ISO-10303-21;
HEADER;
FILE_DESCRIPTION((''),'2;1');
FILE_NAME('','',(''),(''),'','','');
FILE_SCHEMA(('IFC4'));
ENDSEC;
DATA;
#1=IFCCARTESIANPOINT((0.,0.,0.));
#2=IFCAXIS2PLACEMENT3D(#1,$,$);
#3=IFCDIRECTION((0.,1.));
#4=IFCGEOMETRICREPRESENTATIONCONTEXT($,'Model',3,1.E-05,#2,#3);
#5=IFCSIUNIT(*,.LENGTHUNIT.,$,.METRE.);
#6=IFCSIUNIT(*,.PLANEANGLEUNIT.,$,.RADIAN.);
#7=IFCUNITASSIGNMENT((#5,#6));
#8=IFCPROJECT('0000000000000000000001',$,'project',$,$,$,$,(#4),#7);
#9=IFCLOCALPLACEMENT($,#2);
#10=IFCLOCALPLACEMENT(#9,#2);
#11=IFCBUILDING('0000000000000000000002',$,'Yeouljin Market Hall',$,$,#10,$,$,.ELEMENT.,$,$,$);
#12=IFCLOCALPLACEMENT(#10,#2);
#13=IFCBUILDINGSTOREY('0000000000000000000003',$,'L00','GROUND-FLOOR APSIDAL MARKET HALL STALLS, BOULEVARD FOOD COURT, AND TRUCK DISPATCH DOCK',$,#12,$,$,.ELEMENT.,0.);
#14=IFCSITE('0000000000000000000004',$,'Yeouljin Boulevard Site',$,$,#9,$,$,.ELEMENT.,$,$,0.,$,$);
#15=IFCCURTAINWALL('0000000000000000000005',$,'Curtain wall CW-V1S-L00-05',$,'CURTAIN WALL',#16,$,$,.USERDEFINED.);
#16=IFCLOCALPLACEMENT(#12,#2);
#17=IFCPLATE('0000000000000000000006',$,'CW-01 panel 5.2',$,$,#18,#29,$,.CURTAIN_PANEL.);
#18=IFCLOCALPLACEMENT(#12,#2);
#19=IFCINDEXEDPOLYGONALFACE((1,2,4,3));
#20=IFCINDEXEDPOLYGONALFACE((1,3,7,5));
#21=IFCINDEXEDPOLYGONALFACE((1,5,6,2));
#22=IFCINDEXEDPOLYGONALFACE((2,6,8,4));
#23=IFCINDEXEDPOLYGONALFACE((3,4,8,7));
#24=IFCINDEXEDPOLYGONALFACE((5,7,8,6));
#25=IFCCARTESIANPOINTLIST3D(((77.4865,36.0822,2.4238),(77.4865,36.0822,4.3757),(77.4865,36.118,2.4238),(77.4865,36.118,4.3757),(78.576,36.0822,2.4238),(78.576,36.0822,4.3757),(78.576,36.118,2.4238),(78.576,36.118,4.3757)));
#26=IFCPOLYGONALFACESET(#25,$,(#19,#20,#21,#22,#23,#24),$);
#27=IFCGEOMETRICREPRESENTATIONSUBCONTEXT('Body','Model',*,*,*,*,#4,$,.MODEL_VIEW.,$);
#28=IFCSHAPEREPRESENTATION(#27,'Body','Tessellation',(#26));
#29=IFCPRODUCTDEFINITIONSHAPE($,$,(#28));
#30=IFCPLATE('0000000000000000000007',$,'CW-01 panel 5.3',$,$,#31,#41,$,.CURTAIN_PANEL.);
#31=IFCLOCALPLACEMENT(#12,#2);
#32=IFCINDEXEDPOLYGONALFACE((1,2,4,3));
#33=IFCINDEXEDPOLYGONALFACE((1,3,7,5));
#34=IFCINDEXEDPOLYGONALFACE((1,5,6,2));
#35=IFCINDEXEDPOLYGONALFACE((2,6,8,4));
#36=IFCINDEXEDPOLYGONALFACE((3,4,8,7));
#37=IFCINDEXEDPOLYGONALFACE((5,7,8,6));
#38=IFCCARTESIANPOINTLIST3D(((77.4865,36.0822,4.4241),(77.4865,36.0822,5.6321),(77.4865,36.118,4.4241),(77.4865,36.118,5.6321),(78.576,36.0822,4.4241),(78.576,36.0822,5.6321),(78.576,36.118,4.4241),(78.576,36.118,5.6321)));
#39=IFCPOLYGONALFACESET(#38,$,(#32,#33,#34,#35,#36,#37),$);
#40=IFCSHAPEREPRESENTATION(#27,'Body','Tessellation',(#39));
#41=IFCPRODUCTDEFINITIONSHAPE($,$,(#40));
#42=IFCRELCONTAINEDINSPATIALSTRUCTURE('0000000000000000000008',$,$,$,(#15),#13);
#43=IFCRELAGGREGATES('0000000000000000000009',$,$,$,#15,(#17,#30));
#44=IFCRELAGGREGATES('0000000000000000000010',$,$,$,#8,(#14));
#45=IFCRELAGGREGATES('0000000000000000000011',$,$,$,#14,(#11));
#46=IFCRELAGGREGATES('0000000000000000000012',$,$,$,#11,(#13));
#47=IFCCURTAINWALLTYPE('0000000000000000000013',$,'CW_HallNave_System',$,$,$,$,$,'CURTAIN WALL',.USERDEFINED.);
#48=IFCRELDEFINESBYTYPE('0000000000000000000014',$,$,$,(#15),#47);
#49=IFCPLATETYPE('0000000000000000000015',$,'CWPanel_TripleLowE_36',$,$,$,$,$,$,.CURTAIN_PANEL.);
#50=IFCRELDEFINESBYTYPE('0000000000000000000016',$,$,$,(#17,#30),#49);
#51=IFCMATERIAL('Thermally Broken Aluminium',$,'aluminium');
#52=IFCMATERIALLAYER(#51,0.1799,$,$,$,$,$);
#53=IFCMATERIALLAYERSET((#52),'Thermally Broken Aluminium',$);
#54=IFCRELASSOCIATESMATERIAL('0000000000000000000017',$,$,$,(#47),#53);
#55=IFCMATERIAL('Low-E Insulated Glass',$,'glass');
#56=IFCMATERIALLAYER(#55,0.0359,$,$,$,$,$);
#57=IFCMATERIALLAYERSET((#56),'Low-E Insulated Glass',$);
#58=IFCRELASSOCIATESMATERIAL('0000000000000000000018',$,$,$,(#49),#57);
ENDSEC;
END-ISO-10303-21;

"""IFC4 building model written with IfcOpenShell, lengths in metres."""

from ifc_helpers import new_model, si_unit, direction, frame, origin, origin_2d, place, context, subcontext, project, spatial, rectangle, extrude, material, layer, layer_set, type_object, element, aggregate, save


model = new_model("IFC4")

# Units and contexts
model_context = context("Model", 3, precision=1e-05, world=origin(), true_north=direction((0.0, 1.0)))
body_context = subcontext(model_context, "Body", "Model", "MODEL_VIEW")
ifc_project = project(units=[si_unit("LENGTHUNIT", "METRE"), si_unit("PLANEANGLEUNIT", "RADIAN")], contexts=[model_context])

# Site, building, storey
site_placement = place(None, origin())
site = spatial("IfcSite", under=ifc_project, at=site_placement, Name="Yeouljin Boulevard Site", CompositionType="ELEMENT", RefElevation=0.0)
building_placement = place(site_placement, origin())
building = spatial("IfcBuilding", under=site, at=building_placement, Name="Yeouljin Market Hall", CompositionType="ELEMENT")
storey_placement = place(building_placement, origin())
storey = spatial("IfcBuildingStorey", under=building, at=storey_placement, Name="L00", Description="GROUND-FLOOR APSIDAL MARKET HALL STALLS, BOULEVARD FOOD COURT, AND TRUCK DISPATCH DOCK", CompositionType="ELEMENT", Elevation=0.0)

# Curtain wall, plates
ifc_material_1 = material(Name="Thermally Broken Aluminium", Category="aluminium")
ifc_layer_1 = layer(ifc_material_1, 0.1799)
ifc_layer_set_1 = layer_set([ifc_layer_1], Name="Thermally Broken Aluminium")
curtain_wall_type = type_object("IfcCurtainWallType", Name="CW_HallNave_System", ElementType="CURTAIN WALL", PredefinedType="USERDEFINED", material=ifc_layer_set_1)
curtain_wall_placement = place(storey_placement, origin())
curtain_wall = element("IfcCurtainWall", 1, at=curtain_wall_placement, inside=storey, type_object=curtain_wall_type, Name="Curtain wall CW-V1S-L00-05", ObjectType="CURTAIN WALL", PredefinedType="USERDEFINED")
ifc_material_2 = material(Name="Low-E Insulated Glass", Category="glass")
ifc_layer_2 = layer(ifc_material_2, 0.0359)
ifc_layer_set_2 = layer_set([ifc_layer_2], Name="Low-E Insulated Glass")
plate_type = type_object("IfcPlateType", Name="CWPanel_TripleLowE_36", PredefinedType="CURTAIN_PANEL", material=ifc_layer_set_2)
plate_1_placement = place(storey_placement, frame((78.0312, 36.1001, 2.4238), z_axis=(0.0, 0.0, 1.0), x_axis=(-1.0, 0.0, 0.0)))
plate_1 = element("IfcPlate", 2, at=plate_1_placement, type_object=plate_type, Name="CW-01 panel 5.2", PredefinedType="CURTAIN_PANEL", context=body_context, shape_type="SweptSolid", body=[
    extrude(rectangle(XDim=1.0896, YDim=0.0359, at=origin_2d()), origin(), (0.0, 0.0, 1.0), 1.9519),
])
plate_2_placement = place(storey_placement, frame((78.0312, 36.1001, 4.4241), z_axis=(0.0, 0.0, 1.0), x_axis=(-1.0, 0.0, 0.0)))
plate_2 = element("IfcPlate", 3, at=plate_2_placement, type_object=plate_type, Name="CW-01 panel 5.3", PredefinedType="CURTAIN_PANEL", context=body_context, shape_type="SweptSolid", body=[
    extrude(rectangle(XDim=1.0896, YDim=0.0359, at=origin_2d()), origin(), (0.0, 0.0, 1.0), 1.208),
])
aggregate(curtain_wall, [plate_1, plate_2])

save(model, "model.ifc")
